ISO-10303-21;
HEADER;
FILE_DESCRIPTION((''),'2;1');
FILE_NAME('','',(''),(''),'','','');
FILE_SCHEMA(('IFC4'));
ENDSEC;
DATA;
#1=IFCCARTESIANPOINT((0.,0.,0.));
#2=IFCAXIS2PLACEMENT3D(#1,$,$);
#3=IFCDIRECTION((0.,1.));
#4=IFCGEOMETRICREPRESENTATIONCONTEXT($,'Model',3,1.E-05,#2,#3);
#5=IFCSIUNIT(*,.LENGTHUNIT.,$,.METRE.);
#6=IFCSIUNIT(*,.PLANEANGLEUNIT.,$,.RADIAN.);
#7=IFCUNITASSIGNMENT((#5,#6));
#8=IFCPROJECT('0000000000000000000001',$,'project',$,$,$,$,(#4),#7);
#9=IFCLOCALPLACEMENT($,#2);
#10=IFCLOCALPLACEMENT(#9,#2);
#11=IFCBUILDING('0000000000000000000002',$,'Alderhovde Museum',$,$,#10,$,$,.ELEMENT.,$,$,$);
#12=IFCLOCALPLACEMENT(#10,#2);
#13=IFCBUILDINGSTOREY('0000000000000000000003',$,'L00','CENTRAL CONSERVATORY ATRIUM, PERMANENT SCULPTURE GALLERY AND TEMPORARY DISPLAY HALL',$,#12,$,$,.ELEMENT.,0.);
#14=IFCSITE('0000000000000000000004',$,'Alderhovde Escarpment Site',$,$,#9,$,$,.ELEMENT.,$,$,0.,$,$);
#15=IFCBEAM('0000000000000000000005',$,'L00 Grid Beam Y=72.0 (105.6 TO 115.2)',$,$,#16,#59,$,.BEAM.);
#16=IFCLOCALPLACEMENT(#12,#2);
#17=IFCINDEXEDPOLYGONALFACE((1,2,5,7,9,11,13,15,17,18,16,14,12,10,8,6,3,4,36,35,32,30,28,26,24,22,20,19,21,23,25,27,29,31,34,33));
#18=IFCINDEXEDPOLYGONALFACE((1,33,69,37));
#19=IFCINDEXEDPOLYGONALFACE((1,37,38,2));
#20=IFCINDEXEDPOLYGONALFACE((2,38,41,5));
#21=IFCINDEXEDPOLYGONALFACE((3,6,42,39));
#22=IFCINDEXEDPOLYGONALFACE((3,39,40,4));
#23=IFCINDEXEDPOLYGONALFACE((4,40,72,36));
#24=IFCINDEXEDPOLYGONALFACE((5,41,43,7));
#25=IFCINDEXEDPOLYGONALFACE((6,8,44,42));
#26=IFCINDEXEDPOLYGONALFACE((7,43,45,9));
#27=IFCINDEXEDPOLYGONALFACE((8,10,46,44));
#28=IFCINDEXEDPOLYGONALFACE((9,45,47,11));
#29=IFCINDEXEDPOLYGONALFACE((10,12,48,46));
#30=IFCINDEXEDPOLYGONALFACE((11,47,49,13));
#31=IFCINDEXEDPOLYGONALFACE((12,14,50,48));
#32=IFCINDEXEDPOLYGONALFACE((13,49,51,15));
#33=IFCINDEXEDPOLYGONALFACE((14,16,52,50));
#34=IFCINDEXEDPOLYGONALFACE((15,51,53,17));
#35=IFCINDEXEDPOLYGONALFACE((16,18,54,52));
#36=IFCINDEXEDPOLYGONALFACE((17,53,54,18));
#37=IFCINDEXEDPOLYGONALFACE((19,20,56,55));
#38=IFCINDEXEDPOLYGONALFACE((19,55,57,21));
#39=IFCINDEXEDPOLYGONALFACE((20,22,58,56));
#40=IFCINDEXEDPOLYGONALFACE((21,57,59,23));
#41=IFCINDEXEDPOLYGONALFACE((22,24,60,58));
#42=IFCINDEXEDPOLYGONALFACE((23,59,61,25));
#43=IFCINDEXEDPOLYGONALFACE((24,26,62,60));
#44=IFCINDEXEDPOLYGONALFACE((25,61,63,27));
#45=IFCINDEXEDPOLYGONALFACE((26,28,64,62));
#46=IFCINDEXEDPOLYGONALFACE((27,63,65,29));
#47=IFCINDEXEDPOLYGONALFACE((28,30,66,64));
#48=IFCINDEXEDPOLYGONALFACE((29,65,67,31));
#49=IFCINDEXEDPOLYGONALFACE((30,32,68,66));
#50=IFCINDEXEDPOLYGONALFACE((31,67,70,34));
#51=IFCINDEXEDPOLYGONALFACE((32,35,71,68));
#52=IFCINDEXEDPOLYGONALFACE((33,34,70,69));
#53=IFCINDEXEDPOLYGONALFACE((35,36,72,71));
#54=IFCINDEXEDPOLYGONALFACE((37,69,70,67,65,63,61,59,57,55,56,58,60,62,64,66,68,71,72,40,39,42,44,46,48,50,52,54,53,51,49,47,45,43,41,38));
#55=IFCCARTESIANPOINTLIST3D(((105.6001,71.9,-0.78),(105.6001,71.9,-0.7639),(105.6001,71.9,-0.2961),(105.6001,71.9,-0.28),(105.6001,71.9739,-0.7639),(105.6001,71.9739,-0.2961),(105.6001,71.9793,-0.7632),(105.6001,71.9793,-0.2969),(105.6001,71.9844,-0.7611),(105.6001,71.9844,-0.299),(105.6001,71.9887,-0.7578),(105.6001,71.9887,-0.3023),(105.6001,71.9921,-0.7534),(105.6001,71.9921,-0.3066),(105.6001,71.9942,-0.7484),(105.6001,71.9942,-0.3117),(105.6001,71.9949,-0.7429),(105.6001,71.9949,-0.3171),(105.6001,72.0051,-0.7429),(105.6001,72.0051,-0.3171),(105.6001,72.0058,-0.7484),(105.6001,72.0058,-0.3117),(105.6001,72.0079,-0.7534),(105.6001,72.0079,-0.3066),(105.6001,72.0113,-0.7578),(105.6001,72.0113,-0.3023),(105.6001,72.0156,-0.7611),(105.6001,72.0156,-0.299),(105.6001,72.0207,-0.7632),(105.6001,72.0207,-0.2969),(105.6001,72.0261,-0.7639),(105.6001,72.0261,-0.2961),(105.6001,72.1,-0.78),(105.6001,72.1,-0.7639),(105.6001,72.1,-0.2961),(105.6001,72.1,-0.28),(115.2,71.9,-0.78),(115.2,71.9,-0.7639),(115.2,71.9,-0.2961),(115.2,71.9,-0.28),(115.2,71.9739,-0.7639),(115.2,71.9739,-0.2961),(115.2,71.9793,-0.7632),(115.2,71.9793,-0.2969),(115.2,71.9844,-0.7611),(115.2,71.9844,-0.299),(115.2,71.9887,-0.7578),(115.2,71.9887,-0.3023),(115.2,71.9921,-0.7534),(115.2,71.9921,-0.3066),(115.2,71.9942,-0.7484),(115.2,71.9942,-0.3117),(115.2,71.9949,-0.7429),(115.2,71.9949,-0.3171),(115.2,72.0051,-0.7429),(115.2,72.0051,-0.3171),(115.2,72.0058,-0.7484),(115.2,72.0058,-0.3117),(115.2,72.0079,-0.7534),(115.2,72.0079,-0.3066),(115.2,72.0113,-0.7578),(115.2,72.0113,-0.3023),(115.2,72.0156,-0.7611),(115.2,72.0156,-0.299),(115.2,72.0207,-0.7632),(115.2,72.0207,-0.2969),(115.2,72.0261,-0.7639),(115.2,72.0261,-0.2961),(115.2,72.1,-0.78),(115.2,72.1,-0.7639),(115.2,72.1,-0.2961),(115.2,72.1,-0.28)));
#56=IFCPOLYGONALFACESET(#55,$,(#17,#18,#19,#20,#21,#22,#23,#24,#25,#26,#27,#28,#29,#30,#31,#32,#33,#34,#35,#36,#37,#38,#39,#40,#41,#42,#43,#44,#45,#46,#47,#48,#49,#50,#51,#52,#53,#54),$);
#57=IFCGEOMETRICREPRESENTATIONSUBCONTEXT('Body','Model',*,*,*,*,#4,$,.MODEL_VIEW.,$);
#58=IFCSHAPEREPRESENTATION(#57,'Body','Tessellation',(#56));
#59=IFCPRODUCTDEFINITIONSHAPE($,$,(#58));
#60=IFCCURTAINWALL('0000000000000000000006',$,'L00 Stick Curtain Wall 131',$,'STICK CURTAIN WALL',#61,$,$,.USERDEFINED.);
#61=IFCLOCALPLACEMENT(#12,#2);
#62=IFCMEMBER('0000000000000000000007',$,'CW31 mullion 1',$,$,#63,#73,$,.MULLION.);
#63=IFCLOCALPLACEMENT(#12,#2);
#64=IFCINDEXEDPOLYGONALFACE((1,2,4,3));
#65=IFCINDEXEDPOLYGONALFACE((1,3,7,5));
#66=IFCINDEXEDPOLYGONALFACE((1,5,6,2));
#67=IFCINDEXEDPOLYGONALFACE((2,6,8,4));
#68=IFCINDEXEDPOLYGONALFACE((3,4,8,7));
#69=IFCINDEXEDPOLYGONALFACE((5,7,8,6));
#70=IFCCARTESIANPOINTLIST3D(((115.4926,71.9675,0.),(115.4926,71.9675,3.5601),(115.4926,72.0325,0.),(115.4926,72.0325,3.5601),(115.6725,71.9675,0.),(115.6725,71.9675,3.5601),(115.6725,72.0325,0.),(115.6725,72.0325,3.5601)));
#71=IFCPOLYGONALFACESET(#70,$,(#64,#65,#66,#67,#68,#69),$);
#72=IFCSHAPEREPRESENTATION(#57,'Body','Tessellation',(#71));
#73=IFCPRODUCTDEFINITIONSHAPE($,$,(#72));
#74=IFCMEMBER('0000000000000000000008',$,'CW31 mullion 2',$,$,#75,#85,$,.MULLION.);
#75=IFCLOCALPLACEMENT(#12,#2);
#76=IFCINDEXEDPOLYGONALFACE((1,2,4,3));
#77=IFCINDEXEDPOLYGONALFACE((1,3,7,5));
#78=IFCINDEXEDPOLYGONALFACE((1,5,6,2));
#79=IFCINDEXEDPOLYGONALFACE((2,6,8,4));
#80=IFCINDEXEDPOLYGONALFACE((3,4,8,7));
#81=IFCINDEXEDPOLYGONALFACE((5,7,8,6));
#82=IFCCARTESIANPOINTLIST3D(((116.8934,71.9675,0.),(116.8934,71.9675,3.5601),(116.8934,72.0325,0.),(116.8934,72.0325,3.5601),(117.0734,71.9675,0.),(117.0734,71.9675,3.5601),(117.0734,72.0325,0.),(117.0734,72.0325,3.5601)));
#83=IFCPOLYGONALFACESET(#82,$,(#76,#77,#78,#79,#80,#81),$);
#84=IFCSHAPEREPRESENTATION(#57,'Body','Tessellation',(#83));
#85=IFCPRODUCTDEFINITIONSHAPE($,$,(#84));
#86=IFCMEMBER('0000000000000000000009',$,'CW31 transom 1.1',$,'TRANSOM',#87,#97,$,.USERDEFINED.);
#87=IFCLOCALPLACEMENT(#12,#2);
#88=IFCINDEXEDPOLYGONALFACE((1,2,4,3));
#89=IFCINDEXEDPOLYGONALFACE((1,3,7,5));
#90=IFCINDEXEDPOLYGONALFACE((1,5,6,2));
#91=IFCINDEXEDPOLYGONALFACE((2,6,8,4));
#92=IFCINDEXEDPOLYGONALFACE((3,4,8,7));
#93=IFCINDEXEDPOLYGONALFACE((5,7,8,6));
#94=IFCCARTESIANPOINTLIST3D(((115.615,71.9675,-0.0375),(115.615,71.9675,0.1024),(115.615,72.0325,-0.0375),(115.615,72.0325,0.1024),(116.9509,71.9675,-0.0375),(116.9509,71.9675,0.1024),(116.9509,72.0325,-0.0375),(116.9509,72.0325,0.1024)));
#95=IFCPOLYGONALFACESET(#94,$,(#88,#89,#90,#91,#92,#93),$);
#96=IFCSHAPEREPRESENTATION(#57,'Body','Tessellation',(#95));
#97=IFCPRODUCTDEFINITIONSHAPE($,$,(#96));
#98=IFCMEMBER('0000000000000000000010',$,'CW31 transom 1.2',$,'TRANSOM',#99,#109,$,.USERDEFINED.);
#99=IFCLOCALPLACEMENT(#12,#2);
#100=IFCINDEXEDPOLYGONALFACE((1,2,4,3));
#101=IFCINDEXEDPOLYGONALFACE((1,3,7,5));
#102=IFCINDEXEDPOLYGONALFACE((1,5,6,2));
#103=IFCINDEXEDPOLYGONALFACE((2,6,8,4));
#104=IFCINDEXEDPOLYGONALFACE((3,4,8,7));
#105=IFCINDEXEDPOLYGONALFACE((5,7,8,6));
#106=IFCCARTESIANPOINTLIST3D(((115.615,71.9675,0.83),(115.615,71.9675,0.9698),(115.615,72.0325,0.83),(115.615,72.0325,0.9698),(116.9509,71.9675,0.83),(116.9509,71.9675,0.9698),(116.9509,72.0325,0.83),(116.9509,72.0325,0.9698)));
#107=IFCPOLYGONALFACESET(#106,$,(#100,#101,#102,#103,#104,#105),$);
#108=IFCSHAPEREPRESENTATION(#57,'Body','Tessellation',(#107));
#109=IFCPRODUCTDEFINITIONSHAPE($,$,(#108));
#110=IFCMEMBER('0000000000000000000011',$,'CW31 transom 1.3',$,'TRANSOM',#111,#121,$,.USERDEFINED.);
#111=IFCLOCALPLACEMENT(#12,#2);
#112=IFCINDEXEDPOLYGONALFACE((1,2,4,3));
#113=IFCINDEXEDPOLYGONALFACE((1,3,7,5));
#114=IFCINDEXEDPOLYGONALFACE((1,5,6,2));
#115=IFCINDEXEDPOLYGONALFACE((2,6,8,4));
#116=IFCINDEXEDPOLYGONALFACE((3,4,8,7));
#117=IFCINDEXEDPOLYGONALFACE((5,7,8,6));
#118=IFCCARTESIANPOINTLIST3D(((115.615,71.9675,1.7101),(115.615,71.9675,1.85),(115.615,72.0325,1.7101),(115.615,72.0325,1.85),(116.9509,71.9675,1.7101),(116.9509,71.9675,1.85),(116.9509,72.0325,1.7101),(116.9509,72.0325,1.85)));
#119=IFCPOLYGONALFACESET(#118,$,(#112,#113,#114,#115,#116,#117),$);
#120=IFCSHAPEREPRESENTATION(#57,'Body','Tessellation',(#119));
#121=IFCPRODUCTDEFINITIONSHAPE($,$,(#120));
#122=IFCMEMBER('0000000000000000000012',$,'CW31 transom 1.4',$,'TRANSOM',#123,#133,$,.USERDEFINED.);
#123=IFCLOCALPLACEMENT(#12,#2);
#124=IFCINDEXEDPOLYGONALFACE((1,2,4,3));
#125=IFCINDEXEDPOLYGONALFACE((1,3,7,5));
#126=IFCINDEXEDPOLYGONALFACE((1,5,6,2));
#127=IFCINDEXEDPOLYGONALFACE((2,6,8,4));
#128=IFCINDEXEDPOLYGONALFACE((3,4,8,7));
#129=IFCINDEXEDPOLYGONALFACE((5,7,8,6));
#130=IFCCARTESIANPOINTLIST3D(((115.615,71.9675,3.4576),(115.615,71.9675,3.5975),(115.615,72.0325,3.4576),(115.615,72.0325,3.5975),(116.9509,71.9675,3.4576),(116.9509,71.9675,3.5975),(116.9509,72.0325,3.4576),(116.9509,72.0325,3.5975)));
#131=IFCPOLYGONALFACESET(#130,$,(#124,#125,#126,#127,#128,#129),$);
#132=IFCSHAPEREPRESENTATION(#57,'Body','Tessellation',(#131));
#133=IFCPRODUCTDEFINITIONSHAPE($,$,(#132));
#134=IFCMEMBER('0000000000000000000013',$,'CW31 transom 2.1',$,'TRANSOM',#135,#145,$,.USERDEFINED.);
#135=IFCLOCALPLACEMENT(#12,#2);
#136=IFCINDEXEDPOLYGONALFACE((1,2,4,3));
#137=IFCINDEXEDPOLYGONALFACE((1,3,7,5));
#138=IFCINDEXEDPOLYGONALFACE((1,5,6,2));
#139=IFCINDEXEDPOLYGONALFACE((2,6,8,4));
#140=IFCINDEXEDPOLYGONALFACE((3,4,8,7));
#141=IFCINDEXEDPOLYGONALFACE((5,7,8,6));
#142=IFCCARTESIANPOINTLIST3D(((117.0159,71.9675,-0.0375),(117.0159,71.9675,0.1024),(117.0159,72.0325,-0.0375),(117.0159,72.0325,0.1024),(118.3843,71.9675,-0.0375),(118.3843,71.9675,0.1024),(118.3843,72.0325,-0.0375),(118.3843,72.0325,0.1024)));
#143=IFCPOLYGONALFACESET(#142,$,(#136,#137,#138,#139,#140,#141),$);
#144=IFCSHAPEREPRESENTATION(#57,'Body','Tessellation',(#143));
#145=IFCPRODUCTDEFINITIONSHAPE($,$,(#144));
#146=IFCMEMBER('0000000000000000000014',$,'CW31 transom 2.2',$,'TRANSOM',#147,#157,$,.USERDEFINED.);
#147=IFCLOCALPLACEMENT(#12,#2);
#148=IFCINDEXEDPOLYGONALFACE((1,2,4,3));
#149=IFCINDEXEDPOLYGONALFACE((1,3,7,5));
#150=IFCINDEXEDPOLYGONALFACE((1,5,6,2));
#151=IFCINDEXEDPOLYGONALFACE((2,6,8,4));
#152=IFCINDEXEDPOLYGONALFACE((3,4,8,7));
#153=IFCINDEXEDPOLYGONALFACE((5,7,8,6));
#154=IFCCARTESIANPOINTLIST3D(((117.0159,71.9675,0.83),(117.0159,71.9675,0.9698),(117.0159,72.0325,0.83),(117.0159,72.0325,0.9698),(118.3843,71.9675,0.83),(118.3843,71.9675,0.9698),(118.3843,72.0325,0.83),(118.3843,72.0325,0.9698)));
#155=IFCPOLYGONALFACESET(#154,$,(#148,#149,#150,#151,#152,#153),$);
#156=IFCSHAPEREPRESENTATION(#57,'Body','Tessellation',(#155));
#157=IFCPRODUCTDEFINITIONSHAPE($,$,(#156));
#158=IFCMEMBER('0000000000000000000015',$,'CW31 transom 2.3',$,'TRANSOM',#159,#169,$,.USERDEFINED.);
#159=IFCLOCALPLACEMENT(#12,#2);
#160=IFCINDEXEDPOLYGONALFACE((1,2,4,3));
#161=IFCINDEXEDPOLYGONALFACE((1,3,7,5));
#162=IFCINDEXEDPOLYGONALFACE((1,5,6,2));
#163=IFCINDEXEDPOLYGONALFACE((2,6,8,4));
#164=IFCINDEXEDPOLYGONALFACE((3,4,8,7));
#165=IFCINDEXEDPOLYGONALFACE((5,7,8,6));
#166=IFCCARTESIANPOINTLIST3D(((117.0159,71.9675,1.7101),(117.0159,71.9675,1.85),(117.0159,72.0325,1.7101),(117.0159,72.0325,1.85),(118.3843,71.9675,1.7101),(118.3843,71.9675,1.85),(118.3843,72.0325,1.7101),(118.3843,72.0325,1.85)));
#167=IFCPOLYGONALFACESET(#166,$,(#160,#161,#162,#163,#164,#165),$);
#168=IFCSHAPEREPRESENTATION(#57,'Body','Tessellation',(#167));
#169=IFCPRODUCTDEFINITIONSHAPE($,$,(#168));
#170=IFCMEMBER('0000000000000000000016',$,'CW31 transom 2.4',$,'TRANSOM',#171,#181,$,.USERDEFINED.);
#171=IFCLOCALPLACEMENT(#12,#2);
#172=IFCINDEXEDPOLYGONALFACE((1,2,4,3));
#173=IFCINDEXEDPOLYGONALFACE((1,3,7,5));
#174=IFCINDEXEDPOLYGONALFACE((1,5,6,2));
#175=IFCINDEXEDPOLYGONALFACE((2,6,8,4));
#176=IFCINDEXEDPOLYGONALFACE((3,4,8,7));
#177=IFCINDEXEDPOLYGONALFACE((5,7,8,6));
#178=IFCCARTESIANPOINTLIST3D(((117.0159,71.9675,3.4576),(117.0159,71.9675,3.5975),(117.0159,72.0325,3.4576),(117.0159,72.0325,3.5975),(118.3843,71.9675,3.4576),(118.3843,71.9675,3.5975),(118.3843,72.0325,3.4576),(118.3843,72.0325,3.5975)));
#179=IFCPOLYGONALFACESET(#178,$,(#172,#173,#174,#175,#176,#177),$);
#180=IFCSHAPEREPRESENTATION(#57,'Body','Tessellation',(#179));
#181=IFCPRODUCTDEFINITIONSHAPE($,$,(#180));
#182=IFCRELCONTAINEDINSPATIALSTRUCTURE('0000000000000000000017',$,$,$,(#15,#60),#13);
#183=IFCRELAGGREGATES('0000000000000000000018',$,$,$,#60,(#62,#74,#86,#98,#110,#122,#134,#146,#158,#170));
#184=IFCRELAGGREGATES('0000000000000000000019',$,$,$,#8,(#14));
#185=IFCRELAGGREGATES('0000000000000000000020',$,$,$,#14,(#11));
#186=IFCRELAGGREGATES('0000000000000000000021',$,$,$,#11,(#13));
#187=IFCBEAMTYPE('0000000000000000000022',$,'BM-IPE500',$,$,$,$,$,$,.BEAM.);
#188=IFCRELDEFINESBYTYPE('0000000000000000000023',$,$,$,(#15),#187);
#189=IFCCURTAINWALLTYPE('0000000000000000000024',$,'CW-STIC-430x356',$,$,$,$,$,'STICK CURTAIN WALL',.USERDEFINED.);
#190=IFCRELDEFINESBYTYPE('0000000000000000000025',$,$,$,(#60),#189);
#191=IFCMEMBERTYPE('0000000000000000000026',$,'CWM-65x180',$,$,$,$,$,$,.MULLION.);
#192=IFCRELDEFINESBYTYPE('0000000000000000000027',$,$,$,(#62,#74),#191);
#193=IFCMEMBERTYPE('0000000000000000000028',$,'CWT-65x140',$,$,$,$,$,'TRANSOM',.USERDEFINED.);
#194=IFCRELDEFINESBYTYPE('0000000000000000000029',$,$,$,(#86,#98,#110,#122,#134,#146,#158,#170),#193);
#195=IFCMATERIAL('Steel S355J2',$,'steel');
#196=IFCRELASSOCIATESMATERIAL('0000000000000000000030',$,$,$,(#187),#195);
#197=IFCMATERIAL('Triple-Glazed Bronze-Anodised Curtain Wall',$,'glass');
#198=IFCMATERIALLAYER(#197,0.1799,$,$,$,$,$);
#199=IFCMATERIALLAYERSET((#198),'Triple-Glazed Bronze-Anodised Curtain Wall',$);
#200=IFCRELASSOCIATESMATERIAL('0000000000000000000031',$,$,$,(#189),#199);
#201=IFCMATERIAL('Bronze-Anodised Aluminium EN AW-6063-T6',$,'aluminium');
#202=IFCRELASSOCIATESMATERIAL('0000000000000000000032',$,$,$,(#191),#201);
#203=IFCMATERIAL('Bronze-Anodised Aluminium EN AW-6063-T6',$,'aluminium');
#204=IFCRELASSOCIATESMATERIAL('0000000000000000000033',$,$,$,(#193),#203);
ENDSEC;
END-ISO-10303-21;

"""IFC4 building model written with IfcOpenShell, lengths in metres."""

from ifc_helpers import new_model, si_unit, direction, frame, origin, origin_2d, place, context, subcontext, project, spatial, rectangle, i_section, extrude, material, layer, layer_set, material_profile, profile_set, type_object, element, aggregate, save


model = new_model("IFC4")

# Units and contexts
model_context = context("Model", 3, precision=1e-05, world=origin(), true_north=direction((0.0, 1.0)))
body_context = subcontext(model_context, "Body", "Model", "MODEL_VIEW")
ifc_project = project(units=[si_unit("LENGTHUNIT", "METRE"), si_unit("PLANEANGLEUNIT", "RADIAN")], contexts=[model_context])

# Site, building, storey
site_placement = place(None, origin())
site = spatial("IfcSite", under=ifc_project, at=site_placement, Name="Alderhovde Escarpment Site", CompositionType="ELEMENT", RefElevation=0.0)
building_placement = place(site_placement, origin())
building = spatial("IfcBuilding", under=site, at=building_placement, Name="Alderhovde Museum", CompositionType="ELEMENT")
storey_placement = place(building_placement, origin())
storey = spatial("IfcBuildingStorey", under=building, at=storey_placement, Name="L00", Description="CENTRAL CONSERVATORY ATRIUM, PERMANENT SCULPTURE GALLERY AND TEMPORARY DISPLAY HALL", CompositionType="ELEMENT", Elevation=0.0)

# Beam
ifc_material_1 = material(Name="Steel S355J2", Category="steel")
ifc_material_profile_1 = material_profile(ifc_material_1, i_section(OverallWidth=0.2, OverallDepth=0.5, WebThickness=0.0103, FlangeThickness=0.0161, FilletRadius=0.021, at=origin_2d()), Name="IPE 500")
ifc_profile_set_1 = profile_set([ifc_material_profile_1], Name="Steel S355J2")
beam_type_1 = type_object("IfcBeamType", Name="BM-IPE500", PredefinedType="BEAM", material=ifc_profile_set_1)
beam_1_placement = place(storey_placement, frame((105.6001, 72.0, -0.53), z_axis=(1.0, 0.0, 0.0), x_axis=(0.0, 1.0, 0.0)))
element("IfcBeam", 1, at=beam_1_placement, inside=storey, type_object=beam_type_1, Name="L00 Grid Beam Y=72.0 (105.6 TO 115.2)", PredefinedType="BEAM", context=body_context, shape_type="SweptSolid", body=[
    extrude(i_section(OverallWidth=0.2, OverallDepth=0.5, WebThickness=0.0103, FlangeThickness=0.0161, FilletRadius=0.021, at=origin_2d()), origin(), (0.0, 0.0, 1.0), 9.5999),
])

# Curtain wall, members
ifc_material_2 = material(Name="Triple-Glazed Bronze-Anodised Curtain Wall", Category="glass")
ifc_layer_1 = layer(ifc_material_2, 0.1799)
ifc_layer_set_1 = layer_set([ifc_layer_1], Name="Triple-Glazed Bronze-Anodised Curtain Wall")
curtain_wall_type = type_object("IfcCurtainWallType", Name="CW-STIC-430x356", ElementType="STICK CURTAIN WALL", PredefinedType="USERDEFINED", material=ifc_layer_set_1)
curtain_wall_placement = place(storey_placement, origin())
curtain_wall = element("IfcCurtainWall", 2, at=curtain_wall_placement, inside=storey, type_object=curtain_wall_type, Name="L00 Stick Curtain Wall 131", ObjectType="STICK CURTAIN WALL", PredefinedType="USERDEFINED")
ifc_material_3 = material(Name="Bronze-Anodised Aluminium EN AW-6063-T6", Category="aluminium")
ifc_material_profile_2 = material_profile(ifc_material_3, rectangle(XDim=0.0649, YDim=0.1799, at=origin_2d()), Name="MULLION 65x180")
ifc_profile_set_2 = profile_set([ifc_material_profile_2], Name="Bronze-Anodised Aluminium EN AW-6063-T6")
member_type_1 = type_object("IfcMemberType", Name="CWM-65x180", PredefinedType="MULLION", material=ifc_profile_set_2)
member_1_placement = place(storey_placement, frame((115.5825, 72.0, 0.0), z_axis=(0.0, 0.0, 1.0), x_axis=(0.0, 1.0, 0.0)))
member_1 = element("IfcMember", 3, at=member_1_placement, type_object=member_type_1, Name="CW31 mullion 1", PredefinedType="MULLION", context=body_context, shape_type="SweptSolid", body=[
    extrude(rectangle(XDim=0.0649, YDim=0.1799, at=origin_2d()), origin(), (0.0, 0.0, 1.0), 3.5601),
])
member_2_placement = place(storey_placement, frame((116.9834, 72.0, 0.0), z_axis=(0.0, 0.0, 1.0), x_axis=(0.0, 1.0, 0.0)))
member_2 = element("IfcMember", 4, at=member_2_placement, type_object=member_type_1, Name="CW31 mullion 2", PredefinedType="MULLION", context=body_context, shape_type="SweptSolid", body=[
    extrude(rectangle(XDim=0.0649, YDim=0.1799, at=origin_2d()), origin(), (0.0, 0.0, 1.0), 3.5601),
])
ifc_material_4 = material(Name="Bronze-Anodised Aluminium EN AW-6063-T6", Category="aluminium")
ifc_material_profile_3 = material_profile(ifc_material_4, rectangle(XDim=0.0649, YDim=0.1399, at=origin_2d()), Name="TRANSOM 65x140")
ifc_profile_set_3 = profile_set([ifc_material_profile_3], Name="Bronze-Anodised Aluminium EN AW-6063-T6")
member_type_2 = type_object("IfcMemberType", Name="CWT-65x140", ElementType="TRANSOM", PredefinedType="USERDEFINED", material=ifc_profile_set_3)
member_3_placement = place(storey_placement, frame((115.615, 72.0, 0.0325), z_axis=(1.0, 0.0, 0.0), x_axis=(0.0, 1.0, 0.0)))
member_3 = element("IfcMember", 5, at=member_3_placement, type_object=member_type_2, Name="CW31 transom 1.1", ObjectType="TRANSOM", PredefinedType="USERDEFINED", context=body_context, shape_type="SweptSolid", body=[
    extrude(rectangle(XDim=0.0649, YDim=0.1399, at=origin_2d()), origin(), (0.0, 0.0, 1.0), 1.3359),
])
member_4_placement = place(storey_placement, frame((115.615, 72.0, 0.8999), z_axis=(1.0, 0.0, 0.0), x_axis=(0.0, 1.0, 0.0)))
member_4 = element("IfcMember", 6, at=member_4_placement, type_object=member_type_2, Name="CW31 transom 1.2", ObjectType="TRANSOM", PredefinedType="USERDEFINED", context=body_context, shape_type="SweptSolid", body=[
    extrude(rectangle(XDim=0.0649, YDim=0.1399, at=origin_2d()), origin(), (0.0, 0.0, 1.0), 1.3359),
])
member_5_placement = place(storey_placement, frame((115.615, 72.0, 1.78), z_axis=(1.0, 0.0, 0.0), x_axis=(0.0, 1.0, 0.0)))
member_5 = element("IfcMember", 7, at=member_5_placement, type_object=member_type_2, Name="CW31 transom 1.3", ObjectType="TRANSOM", PredefinedType="USERDEFINED", context=body_context, shape_type="SweptSolid", body=[
    extrude(rectangle(XDim=0.0649, YDim=0.1399, at=origin_2d()), origin(), (0.0, 0.0, 1.0), 1.3359),
])
member_6_placement = place(storey_placement, frame((115.615, 72.0, 3.5276), z_axis=(1.0, 0.0, 0.0), x_axis=(0.0, 1.0, 0.0)))
member_6 = element("IfcMember", 8, at=member_6_placement, type_object=member_type_2, Name="CW31 transom 1.4", ObjectType="TRANSOM", PredefinedType="USERDEFINED", context=body_context, shape_type="SweptSolid", body=[
    extrude(rectangle(XDim=0.0649, YDim=0.1399, at=origin_2d()), origin(), (0.0, 0.0, 1.0), 1.3359),
])
member_7_placement = place(storey_placement, frame((117.0159, 72.0, 0.0325), z_axis=(1.0, 0.0, 0.0), x_axis=(0.0, 1.0, 0.0)))
member_7 = element("IfcMember", 9, at=member_7_placement, type_object=member_type_2, Name="CW31 transom 2.1", ObjectType="TRANSOM", PredefinedType="USERDEFINED", context=body_context, shape_type="SweptSolid", body=[
    extrude(rectangle(XDim=0.0649, YDim=0.1399, at=origin_2d()), origin(), (0.0, 0.0, 1.0), 1.3684),
])
member_8_placement = place(storey_placement, frame((117.0159, 72.0, 0.8999), z_axis=(1.0, 0.0, 0.0), x_axis=(0.0, 1.0, 0.0)))
member_8 = element("IfcMember", 10, at=member_8_placement, type_object=member_type_2, Name="CW31 transom 2.2", ObjectType="TRANSOM", PredefinedType="USERDEFINED", context=body_context, shape_type="SweptSolid", body=[
    extrude(rectangle(XDim=0.0649, YDim=0.1399, at=origin_2d()), origin(), (0.0, 0.0, 1.0), 1.3684),
])
member_9_placement = place(storey_placement, frame((117.0159, 72.0, 1.78), z_axis=(1.0, 0.0, 0.0), x_axis=(0.0, 1.0, 0.0)))
member_9 = element("IfcMember", 11, at=member_9_placement, type_object=member_type_2, Name="CW31 transom 2.3", ObjectType="TRANSOM", PredefinedType="USERDEFINED", context=body_context, shape_type="SweptSolid", body=[
    extrude(rectangle(XDim=0.0649, YDim=0.1399, at=origin_2d()), origin(), (0.0, 0.0, 1.0), 1.3684),
])
member_10_placement = place(storey_placement, frame((117.0159, 72.0, 3.5276), z_axis=(1.0, 0.0, 0.0), x_axis=(0.0, 1.0, 0.0)))
member_10 = element("IfcMember", 12, at=member_10_placement, type_object=member_type_2, Name="CW31 transom 2.4", ObjectType="TRANSOM", PredefinedType="USERDEFINED", context=body_context, shape_type="SweptSolid", body=[
    extrude(rectangle(XDim=0.0649, YDim=0.1399, at=origin_2d()), origin(), (0.0, 0.0, 1.0), 1.3684),
])

aggregate(curtain_wall, [member_1, member_2, member_3, member_4, member_5, member_6, member_7, member_8, member_9, member_10])

save(model, "model.ifc")
